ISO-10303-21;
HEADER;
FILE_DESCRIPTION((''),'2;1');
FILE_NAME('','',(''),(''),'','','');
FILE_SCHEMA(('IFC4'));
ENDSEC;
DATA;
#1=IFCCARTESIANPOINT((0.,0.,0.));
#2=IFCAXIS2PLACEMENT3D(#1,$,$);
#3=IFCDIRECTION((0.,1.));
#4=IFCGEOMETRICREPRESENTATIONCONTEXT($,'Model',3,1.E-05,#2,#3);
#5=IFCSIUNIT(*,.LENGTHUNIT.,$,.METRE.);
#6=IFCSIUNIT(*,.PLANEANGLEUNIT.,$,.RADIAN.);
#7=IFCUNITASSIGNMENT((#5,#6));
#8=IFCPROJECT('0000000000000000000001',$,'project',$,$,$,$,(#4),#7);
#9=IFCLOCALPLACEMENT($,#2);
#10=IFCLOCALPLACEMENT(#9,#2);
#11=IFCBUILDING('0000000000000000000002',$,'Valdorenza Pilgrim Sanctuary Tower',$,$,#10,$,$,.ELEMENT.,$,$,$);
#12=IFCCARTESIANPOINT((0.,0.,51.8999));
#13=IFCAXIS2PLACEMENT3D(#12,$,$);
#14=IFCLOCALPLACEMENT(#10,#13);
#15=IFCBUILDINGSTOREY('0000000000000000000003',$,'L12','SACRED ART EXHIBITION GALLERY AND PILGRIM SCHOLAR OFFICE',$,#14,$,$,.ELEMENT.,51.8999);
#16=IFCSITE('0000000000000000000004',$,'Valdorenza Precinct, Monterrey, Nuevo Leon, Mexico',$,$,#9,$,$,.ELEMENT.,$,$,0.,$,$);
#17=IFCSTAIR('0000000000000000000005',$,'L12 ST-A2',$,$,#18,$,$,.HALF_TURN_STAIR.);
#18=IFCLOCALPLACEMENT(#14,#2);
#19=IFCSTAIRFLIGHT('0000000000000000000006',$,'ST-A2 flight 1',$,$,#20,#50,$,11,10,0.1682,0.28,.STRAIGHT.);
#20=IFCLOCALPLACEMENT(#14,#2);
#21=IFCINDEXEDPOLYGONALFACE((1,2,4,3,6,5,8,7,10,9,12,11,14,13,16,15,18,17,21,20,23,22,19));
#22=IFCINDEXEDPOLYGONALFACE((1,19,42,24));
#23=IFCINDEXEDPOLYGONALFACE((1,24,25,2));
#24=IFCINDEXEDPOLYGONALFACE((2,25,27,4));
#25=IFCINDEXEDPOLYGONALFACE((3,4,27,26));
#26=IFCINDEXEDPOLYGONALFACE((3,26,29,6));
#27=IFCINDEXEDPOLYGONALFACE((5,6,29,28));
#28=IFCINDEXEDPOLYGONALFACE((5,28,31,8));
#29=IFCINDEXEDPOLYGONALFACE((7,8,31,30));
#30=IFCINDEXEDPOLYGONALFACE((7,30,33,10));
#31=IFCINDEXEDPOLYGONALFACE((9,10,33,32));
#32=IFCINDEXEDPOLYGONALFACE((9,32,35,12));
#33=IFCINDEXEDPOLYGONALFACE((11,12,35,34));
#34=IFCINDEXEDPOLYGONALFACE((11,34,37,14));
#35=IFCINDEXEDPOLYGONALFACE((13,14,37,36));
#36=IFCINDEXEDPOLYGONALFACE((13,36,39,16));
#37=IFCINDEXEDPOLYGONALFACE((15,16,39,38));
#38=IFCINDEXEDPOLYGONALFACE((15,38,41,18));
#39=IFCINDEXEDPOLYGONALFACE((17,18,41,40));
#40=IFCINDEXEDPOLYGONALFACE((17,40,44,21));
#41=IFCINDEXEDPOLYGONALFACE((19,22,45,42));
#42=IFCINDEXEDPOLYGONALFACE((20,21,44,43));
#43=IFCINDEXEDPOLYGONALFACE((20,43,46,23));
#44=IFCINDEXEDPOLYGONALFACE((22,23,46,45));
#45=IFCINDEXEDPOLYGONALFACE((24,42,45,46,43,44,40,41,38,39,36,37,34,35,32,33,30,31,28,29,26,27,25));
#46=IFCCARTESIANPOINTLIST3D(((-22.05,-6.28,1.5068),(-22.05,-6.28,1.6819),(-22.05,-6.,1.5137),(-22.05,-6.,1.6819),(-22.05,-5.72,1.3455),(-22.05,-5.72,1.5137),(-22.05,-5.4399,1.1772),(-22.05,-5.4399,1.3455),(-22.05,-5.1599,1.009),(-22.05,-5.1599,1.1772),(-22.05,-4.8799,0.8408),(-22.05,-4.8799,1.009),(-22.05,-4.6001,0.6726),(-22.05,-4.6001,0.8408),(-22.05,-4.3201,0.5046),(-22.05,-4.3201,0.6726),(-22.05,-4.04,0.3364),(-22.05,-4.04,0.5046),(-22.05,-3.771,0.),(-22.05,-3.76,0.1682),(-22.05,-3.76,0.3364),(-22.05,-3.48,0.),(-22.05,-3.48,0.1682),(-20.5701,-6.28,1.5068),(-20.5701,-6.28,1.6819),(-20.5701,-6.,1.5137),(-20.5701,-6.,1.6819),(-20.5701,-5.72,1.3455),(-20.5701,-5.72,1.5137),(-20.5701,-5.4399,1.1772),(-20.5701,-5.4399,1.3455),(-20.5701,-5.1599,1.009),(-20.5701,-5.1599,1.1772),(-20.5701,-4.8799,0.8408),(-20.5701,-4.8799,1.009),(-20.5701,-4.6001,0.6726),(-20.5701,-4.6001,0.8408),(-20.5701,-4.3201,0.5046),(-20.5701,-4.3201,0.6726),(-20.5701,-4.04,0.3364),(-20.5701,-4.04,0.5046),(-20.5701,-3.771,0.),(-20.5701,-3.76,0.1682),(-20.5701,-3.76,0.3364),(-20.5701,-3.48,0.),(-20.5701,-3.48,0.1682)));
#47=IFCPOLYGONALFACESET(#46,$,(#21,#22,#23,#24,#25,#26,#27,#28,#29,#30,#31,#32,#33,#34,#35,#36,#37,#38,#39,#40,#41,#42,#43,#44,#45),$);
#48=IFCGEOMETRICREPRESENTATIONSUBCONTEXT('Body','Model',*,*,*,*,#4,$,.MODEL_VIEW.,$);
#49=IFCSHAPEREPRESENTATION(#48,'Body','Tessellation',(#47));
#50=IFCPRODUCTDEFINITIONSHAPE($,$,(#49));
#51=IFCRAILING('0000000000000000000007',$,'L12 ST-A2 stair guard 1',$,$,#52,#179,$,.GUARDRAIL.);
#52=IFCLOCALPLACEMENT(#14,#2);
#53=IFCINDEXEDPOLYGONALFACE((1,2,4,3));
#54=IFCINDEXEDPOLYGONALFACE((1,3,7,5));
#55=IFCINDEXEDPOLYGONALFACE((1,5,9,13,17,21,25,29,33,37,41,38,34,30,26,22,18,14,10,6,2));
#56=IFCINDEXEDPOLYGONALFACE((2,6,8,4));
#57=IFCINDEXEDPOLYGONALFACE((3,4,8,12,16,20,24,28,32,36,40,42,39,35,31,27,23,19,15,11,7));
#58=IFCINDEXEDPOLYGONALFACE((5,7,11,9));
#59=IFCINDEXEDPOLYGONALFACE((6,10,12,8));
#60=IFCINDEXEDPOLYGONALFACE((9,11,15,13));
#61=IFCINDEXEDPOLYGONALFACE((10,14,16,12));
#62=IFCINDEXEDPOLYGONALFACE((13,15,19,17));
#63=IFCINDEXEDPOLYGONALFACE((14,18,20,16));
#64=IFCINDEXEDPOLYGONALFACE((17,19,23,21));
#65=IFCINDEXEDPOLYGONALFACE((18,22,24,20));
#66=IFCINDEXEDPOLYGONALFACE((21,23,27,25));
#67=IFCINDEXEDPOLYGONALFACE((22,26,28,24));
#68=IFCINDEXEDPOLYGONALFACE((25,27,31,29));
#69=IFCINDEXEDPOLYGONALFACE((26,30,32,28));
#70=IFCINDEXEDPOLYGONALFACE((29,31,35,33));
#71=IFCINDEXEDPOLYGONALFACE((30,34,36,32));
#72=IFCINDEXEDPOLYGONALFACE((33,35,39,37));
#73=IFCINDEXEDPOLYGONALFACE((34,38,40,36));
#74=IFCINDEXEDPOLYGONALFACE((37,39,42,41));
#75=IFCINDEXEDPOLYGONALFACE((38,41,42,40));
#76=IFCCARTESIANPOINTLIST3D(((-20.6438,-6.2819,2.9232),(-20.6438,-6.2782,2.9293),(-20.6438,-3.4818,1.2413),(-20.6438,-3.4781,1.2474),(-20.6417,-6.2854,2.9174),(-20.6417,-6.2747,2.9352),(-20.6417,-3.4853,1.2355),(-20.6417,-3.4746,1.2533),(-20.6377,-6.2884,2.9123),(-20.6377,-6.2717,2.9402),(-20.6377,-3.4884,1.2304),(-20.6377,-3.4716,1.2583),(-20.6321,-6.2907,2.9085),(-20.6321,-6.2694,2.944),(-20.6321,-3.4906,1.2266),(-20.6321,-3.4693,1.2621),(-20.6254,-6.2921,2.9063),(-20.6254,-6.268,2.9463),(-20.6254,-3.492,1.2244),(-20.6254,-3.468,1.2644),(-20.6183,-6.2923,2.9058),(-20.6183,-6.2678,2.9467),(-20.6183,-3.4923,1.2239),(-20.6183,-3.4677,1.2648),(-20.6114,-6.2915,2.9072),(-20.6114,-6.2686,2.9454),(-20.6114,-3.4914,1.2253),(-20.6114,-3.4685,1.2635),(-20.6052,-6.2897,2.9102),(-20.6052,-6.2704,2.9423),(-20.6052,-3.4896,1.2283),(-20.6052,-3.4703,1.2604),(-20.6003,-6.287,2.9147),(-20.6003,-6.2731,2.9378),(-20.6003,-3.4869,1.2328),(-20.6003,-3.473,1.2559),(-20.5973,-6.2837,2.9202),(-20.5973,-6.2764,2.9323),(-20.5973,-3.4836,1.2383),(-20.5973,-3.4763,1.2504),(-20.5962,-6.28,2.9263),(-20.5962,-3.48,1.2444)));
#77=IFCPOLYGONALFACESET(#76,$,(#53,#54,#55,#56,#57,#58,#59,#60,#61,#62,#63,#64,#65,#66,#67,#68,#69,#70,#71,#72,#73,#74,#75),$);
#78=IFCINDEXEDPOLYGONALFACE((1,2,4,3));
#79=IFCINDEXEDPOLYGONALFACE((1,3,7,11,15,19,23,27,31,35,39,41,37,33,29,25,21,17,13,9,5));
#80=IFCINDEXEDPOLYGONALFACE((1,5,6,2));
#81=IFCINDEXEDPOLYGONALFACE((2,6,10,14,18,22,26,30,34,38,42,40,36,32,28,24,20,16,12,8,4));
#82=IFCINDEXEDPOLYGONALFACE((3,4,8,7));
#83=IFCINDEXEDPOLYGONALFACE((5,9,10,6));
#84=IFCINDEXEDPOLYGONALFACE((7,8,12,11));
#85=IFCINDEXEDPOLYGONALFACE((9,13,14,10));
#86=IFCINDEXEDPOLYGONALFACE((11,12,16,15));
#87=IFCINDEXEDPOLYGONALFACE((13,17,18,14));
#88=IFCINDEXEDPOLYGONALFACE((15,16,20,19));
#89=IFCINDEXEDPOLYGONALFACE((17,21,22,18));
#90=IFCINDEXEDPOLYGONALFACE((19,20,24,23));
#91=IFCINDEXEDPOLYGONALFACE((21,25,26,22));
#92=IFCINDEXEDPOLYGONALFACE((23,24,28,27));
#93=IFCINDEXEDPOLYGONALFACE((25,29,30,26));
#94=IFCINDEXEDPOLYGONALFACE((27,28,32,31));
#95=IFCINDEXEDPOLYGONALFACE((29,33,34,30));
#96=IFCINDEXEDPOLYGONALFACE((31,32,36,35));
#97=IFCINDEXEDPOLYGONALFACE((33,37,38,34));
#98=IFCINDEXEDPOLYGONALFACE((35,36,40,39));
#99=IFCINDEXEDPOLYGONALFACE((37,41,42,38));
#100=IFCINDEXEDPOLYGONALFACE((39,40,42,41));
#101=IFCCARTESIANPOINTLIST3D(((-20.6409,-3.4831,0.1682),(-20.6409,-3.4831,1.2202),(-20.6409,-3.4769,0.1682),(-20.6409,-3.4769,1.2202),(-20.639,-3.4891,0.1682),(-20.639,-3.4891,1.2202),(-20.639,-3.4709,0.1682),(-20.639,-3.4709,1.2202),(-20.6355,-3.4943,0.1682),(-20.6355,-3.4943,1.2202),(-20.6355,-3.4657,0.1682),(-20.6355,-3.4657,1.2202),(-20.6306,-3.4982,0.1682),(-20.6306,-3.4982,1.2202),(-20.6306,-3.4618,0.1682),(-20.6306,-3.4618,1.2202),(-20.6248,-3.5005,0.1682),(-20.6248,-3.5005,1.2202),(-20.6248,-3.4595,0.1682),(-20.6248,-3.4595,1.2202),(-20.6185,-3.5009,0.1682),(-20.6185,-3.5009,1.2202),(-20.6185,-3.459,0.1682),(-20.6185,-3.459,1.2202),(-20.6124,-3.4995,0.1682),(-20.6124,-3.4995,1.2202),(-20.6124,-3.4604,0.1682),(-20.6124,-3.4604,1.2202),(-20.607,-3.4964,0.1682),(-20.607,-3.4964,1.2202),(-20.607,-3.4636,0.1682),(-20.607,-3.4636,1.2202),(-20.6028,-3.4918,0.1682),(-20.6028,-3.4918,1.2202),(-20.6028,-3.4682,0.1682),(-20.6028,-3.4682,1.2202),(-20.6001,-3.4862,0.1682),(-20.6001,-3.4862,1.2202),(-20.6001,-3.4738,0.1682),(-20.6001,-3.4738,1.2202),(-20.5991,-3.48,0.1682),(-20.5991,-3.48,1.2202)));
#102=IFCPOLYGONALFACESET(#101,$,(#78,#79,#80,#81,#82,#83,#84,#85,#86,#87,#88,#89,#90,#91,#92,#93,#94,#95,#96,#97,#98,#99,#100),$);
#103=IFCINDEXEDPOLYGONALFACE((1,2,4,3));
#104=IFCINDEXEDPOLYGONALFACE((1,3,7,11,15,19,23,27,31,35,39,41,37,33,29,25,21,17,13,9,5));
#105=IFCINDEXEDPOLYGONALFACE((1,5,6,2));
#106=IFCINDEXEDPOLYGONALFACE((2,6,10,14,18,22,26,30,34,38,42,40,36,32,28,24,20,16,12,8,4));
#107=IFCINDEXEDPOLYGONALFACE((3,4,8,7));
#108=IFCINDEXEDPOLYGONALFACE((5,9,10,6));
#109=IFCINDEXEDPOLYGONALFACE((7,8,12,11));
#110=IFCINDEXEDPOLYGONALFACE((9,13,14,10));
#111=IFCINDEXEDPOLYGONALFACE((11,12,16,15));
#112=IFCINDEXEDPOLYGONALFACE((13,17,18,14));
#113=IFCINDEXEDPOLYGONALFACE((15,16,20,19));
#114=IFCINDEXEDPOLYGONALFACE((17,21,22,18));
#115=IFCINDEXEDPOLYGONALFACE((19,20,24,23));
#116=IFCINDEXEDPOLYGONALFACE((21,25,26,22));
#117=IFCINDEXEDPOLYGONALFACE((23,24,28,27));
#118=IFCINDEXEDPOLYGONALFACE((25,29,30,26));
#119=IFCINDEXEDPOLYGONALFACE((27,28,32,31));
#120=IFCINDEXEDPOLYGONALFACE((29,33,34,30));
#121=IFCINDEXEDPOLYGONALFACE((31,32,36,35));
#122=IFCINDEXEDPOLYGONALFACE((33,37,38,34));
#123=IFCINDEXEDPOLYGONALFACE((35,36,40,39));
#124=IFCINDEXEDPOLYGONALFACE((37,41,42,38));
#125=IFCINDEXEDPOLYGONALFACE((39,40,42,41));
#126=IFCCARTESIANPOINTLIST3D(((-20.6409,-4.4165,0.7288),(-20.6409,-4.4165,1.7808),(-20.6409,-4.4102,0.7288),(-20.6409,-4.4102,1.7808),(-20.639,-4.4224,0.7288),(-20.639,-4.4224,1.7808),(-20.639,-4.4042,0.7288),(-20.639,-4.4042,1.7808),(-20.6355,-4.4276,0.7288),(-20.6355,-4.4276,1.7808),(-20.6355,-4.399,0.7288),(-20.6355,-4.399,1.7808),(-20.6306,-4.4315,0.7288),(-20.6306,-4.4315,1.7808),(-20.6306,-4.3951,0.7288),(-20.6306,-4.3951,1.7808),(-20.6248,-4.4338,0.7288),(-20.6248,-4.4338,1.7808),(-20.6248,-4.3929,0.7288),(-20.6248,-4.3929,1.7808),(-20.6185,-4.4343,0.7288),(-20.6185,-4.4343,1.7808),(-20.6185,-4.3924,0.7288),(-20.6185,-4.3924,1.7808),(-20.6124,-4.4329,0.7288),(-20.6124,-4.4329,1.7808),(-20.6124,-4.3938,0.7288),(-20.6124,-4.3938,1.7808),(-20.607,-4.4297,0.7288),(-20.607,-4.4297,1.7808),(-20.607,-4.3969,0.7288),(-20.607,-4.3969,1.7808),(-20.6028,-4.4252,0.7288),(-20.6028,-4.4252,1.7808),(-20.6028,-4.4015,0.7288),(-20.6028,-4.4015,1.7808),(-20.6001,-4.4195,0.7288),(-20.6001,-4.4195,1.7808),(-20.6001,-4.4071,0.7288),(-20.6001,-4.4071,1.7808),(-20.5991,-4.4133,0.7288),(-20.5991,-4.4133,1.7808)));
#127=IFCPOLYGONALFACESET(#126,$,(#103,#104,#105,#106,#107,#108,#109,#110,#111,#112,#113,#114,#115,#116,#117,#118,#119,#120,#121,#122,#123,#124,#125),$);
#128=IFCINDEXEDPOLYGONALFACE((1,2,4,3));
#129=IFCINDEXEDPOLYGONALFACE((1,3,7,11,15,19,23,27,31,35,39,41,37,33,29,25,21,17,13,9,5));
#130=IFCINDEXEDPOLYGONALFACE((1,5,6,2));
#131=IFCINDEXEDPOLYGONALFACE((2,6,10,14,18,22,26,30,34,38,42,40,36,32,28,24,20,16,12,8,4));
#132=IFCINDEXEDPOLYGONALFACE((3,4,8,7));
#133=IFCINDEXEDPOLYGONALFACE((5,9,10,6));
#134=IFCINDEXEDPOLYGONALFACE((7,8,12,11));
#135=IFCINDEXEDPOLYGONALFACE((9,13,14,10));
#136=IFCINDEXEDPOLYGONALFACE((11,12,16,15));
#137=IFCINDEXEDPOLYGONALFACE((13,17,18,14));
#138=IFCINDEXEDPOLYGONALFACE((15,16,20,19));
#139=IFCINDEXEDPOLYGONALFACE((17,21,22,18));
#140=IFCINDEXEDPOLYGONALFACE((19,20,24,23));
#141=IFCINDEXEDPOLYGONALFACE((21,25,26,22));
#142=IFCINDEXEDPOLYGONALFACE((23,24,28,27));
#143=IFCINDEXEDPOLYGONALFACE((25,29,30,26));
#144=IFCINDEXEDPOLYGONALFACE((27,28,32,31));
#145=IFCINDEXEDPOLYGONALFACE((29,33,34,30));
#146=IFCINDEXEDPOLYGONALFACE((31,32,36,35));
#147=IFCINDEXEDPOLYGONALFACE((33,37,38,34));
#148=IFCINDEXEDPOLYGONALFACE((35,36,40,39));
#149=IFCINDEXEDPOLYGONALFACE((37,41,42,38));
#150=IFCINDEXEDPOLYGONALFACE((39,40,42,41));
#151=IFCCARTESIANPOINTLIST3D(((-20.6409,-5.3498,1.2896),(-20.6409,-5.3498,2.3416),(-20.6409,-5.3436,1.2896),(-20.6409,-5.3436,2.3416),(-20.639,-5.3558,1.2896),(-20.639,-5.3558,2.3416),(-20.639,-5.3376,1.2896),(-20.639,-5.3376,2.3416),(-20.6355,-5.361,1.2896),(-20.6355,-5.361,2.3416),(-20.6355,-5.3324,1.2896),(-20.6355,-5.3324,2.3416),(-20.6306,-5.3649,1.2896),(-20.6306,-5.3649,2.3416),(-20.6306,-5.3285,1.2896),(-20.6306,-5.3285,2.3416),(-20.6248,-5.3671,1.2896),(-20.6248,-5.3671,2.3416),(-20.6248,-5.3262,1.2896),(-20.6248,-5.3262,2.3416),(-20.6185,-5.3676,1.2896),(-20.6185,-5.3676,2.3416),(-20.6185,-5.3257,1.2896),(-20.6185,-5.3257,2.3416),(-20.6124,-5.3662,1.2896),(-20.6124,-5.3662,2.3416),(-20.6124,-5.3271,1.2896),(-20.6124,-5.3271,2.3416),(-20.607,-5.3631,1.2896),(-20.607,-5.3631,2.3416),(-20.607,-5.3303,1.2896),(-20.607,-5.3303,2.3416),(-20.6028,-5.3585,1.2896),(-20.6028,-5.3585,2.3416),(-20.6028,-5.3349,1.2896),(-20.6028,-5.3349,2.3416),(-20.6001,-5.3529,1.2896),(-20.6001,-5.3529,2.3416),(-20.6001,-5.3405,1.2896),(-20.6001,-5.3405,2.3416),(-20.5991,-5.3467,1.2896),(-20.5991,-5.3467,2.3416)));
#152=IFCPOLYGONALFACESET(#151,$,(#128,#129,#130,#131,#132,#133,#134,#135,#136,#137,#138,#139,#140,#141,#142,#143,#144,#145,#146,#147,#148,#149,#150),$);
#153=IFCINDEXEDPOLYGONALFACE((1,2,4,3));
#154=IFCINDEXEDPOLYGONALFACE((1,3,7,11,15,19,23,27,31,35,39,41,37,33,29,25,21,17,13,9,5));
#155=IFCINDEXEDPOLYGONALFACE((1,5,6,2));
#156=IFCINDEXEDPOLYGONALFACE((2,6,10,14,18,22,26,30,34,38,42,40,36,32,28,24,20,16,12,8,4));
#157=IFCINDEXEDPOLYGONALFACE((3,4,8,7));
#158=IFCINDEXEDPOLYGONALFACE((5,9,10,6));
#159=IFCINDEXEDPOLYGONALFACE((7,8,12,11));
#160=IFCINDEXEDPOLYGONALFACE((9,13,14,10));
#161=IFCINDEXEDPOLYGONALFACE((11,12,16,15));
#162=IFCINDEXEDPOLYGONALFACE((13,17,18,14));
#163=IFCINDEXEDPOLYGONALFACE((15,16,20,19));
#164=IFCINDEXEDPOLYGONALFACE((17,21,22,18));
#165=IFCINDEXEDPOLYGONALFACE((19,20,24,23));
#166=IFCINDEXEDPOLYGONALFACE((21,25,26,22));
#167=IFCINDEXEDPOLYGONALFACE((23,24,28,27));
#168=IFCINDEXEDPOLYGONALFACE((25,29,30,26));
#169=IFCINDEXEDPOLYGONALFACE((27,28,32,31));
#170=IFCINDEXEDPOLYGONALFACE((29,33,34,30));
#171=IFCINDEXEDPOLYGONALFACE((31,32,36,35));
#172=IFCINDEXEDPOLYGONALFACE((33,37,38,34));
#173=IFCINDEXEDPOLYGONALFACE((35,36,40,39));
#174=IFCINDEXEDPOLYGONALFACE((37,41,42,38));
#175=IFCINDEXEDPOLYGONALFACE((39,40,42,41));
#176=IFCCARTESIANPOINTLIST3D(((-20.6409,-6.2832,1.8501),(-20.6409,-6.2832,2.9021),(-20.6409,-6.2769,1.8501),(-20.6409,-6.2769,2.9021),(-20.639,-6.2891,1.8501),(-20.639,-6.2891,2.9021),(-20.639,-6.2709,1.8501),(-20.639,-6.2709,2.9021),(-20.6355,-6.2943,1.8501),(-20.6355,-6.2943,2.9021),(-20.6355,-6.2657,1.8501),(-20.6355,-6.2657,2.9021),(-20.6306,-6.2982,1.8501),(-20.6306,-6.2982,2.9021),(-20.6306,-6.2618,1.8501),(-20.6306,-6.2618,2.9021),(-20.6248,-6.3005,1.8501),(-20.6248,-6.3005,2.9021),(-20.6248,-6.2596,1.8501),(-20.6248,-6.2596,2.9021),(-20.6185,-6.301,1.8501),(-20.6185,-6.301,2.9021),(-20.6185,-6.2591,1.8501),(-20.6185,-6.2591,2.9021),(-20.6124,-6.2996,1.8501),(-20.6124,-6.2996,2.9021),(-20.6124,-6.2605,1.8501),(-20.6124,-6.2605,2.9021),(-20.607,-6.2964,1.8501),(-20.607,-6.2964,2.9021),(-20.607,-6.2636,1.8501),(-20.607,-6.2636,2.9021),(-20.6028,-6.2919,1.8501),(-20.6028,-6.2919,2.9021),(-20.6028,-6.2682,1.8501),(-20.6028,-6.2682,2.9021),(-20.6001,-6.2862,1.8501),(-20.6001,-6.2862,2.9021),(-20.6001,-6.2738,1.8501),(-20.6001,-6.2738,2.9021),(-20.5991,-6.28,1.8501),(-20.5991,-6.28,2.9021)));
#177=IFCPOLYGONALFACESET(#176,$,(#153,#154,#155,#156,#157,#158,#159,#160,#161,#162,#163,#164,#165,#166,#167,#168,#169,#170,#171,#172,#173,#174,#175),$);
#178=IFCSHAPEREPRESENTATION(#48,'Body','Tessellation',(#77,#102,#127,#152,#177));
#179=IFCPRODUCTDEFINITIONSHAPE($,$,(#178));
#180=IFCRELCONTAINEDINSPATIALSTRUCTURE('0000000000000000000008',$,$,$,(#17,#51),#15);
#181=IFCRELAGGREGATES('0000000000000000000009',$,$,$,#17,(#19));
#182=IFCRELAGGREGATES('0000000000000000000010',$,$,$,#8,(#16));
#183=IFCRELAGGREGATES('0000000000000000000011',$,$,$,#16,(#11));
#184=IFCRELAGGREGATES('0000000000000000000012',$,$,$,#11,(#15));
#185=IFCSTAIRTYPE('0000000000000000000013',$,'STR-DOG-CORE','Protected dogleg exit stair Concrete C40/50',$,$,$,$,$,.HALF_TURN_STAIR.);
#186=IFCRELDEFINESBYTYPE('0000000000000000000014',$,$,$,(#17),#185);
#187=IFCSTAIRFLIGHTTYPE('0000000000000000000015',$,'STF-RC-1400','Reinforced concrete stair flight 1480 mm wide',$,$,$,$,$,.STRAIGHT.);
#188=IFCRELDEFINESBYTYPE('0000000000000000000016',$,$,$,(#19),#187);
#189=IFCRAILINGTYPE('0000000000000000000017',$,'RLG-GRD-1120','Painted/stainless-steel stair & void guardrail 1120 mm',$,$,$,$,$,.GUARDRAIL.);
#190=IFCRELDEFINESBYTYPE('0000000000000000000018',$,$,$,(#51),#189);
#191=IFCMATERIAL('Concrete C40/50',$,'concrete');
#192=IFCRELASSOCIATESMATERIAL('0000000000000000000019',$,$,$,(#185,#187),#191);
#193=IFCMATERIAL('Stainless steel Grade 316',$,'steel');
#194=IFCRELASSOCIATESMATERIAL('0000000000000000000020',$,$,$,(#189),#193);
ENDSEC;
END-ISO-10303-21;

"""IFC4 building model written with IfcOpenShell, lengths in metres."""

from ifc_helpers import new_model, si_unit, direction, frame, origin, origin_2d, place, context, subcontext, project, spatial, polyline, circle, outline, extrude, material, type_object, element, aggregate, save


model = new_model("IFC4")

# Units and contexts
model_context = context("Model", 3, precision=1e-05, world=origin(), true_north=direction((0.0, 1.0)))
body_context = subcontext(model_context, "Body", "Model", "MODEL_VIEW")
ifc_project = project(units=[si_unit("LENGTHUNIT", "METRE"), si_unit("PLANEANGLEUNIT", "RADIAN")], contexts=[model_context])

# Site, building, storey
site_placement = place(None, origin())
site = spatial("IfcSite", under=ifc_project, at=site_placement, Name="Valdorenza Precinct, Monterrey, Nuevo Leon, Mexico", CompositionType="ELEMENT", RefElevation=0.0)
building_placement = place(site_placement, origin())
building = spatial("IfcBuilding", under=site, at=building_placement, Name="Valdorenza Pilgrim Sanctuary Tower", CompositionType="ELEMENT")
storey_placement = place(building_placement, frame((0.0, 0.0, 51.8999)))
storey = spatial("IfcBuildingStorey", under=building, at=storey_placement, Name="L12", Description="SACRED ART EXHIBITION GALLERY AND PILGRIM SCHOLAR OFFICE", CompositionType="ELEMENT", Elevation=51.8999)

# Shared definitions
ifc_material_1 = material(Name="Concrete C40/50", Category="concrete")

# Stair, stair flight
stair_type = type_object("IfcStairType", Name="STR-DOG-CORE", Description="Protected dogleg exit stair Concrete C40/50", PredefinedType="HALF_TURN_STAIR", material=ifc_material_1)
stair_placement = place(storey_placement, origin())
stair = element("IfcStair", 1, at=stair_placement, inside=storey, type_object=stair_type, Name="L12 ST-A2", PredefinedType="HALF_TURN_STAIR")
stair_flight_type = type_object("IfcStairFlightType", Name="STF-RC-1400", Description="Reinforced concrete stair flight 1480 mm wide", PredefinedType="STRAIGHT", material=ifc_material_1)
stair_flight_placement = place(storey_placement, frame((-21.3101, -3.48, 0.0), z_axis=(0.0, 0.0, 1.0), x_axis=(0.0, -1.0, 0.0)))
stair_flight = element("IfcStairFlight", 2, at=stair_flight_placement, type_object=stair_flight_type, Name="ST-A2 flight 1", NumberOfRisers=11, NumberOfTreads=10, PredefinedType="STRAIGHT", RiserHeight=0.1682, TreadLength=0.28, context=body_context, shape_type="SweptSolid", body=[
    extrude(outline(polyline([(0.0, 0.0), (0.0, 0.1682), (0.28, 0.1682), (0.28, 0.3364), (0.5601, 0.3364), (0.5601, 0.5046), (0.8401, 0.5046), (0.8401, 0.6726), (1.1201, 0.6726), (1.1201, 0.8408), (1.3999, 0.8408), (1.3999, 1.009), (1.6799, 1.009), (1.6799, 1.1772), (1.96, 1.1772), (1.96, 1.3455), (2.24, 1.3455), (2.24, 1.5137), (2.52, 1.5137), (2.52, 1.6819), (2.8, 1.6819), (2.8, 1.8501), (2.8, 1.5068), (0.291, 0.0), (0.0, 0.0)])), frame((0.0, 0.74, 0.0), z_axis=(0.0, -1.0, 0.0), x_axis=(1.0, 0.0, 0.0)), (0.0, 0.0, 1.0), 1.48),
])
aggregate(stair, [stair_flight])

# Railing
ifc_material_2 = material(Name="Stainless steel Grade 316", Category="steel")
railing_type_1 = type_object("IfcRailingType", Name="RLG-GRD-1120", Description="Painted/stainless-steel stair & void guardrail 1120 mm", PredefinedType="GUARDRAIL", material=ifc_material_2)
railing_1_placement = place(storey_placement, frame((-20.6201, -3.48, 0.1682)))
element("IfcRailing", 3, at=railing_1_placement, inside=storey, type_object=railing_type_1, Name="L12 ST-A2 stair guard 1", PredefinedType="GUARDRAIL", context=body_context, shape_type="SweptSolid", body=[
    extrude(circle(Radius=0.0239, at=origin_2d()), frame((0.0, 0.0, 1.0762), z_axis=(0.0, -0.857242, 0.514913), x_axis=(1.0, 0.0, 0.0)), (0.0, 0.0, 1.0), 3.2664),
    extrude(circle(Radius=0.021, at=origin_2d()), origin(), (0.0, 0.0, 1.0), 1.052),
    extrude(circle(Radius=0.021, at=origin_2d()), frame((0.0, -0.9333, 0.5605)), (0.0, 0.0, 1.0), 1.052),
    extrude(circle(Radius=0.021, at=origin_2d()), frame((0.0, -1.8667, 1.1213)), (0.0, 0.0, 1.0), 1.052),
    extrude(circle(Radius=0.021, at=origin_2d()), frame((0.0, -2.8, 1.6819)), (0.0, 0.0, 1.0), 1.052),
])

save(model, "model.ifc")
